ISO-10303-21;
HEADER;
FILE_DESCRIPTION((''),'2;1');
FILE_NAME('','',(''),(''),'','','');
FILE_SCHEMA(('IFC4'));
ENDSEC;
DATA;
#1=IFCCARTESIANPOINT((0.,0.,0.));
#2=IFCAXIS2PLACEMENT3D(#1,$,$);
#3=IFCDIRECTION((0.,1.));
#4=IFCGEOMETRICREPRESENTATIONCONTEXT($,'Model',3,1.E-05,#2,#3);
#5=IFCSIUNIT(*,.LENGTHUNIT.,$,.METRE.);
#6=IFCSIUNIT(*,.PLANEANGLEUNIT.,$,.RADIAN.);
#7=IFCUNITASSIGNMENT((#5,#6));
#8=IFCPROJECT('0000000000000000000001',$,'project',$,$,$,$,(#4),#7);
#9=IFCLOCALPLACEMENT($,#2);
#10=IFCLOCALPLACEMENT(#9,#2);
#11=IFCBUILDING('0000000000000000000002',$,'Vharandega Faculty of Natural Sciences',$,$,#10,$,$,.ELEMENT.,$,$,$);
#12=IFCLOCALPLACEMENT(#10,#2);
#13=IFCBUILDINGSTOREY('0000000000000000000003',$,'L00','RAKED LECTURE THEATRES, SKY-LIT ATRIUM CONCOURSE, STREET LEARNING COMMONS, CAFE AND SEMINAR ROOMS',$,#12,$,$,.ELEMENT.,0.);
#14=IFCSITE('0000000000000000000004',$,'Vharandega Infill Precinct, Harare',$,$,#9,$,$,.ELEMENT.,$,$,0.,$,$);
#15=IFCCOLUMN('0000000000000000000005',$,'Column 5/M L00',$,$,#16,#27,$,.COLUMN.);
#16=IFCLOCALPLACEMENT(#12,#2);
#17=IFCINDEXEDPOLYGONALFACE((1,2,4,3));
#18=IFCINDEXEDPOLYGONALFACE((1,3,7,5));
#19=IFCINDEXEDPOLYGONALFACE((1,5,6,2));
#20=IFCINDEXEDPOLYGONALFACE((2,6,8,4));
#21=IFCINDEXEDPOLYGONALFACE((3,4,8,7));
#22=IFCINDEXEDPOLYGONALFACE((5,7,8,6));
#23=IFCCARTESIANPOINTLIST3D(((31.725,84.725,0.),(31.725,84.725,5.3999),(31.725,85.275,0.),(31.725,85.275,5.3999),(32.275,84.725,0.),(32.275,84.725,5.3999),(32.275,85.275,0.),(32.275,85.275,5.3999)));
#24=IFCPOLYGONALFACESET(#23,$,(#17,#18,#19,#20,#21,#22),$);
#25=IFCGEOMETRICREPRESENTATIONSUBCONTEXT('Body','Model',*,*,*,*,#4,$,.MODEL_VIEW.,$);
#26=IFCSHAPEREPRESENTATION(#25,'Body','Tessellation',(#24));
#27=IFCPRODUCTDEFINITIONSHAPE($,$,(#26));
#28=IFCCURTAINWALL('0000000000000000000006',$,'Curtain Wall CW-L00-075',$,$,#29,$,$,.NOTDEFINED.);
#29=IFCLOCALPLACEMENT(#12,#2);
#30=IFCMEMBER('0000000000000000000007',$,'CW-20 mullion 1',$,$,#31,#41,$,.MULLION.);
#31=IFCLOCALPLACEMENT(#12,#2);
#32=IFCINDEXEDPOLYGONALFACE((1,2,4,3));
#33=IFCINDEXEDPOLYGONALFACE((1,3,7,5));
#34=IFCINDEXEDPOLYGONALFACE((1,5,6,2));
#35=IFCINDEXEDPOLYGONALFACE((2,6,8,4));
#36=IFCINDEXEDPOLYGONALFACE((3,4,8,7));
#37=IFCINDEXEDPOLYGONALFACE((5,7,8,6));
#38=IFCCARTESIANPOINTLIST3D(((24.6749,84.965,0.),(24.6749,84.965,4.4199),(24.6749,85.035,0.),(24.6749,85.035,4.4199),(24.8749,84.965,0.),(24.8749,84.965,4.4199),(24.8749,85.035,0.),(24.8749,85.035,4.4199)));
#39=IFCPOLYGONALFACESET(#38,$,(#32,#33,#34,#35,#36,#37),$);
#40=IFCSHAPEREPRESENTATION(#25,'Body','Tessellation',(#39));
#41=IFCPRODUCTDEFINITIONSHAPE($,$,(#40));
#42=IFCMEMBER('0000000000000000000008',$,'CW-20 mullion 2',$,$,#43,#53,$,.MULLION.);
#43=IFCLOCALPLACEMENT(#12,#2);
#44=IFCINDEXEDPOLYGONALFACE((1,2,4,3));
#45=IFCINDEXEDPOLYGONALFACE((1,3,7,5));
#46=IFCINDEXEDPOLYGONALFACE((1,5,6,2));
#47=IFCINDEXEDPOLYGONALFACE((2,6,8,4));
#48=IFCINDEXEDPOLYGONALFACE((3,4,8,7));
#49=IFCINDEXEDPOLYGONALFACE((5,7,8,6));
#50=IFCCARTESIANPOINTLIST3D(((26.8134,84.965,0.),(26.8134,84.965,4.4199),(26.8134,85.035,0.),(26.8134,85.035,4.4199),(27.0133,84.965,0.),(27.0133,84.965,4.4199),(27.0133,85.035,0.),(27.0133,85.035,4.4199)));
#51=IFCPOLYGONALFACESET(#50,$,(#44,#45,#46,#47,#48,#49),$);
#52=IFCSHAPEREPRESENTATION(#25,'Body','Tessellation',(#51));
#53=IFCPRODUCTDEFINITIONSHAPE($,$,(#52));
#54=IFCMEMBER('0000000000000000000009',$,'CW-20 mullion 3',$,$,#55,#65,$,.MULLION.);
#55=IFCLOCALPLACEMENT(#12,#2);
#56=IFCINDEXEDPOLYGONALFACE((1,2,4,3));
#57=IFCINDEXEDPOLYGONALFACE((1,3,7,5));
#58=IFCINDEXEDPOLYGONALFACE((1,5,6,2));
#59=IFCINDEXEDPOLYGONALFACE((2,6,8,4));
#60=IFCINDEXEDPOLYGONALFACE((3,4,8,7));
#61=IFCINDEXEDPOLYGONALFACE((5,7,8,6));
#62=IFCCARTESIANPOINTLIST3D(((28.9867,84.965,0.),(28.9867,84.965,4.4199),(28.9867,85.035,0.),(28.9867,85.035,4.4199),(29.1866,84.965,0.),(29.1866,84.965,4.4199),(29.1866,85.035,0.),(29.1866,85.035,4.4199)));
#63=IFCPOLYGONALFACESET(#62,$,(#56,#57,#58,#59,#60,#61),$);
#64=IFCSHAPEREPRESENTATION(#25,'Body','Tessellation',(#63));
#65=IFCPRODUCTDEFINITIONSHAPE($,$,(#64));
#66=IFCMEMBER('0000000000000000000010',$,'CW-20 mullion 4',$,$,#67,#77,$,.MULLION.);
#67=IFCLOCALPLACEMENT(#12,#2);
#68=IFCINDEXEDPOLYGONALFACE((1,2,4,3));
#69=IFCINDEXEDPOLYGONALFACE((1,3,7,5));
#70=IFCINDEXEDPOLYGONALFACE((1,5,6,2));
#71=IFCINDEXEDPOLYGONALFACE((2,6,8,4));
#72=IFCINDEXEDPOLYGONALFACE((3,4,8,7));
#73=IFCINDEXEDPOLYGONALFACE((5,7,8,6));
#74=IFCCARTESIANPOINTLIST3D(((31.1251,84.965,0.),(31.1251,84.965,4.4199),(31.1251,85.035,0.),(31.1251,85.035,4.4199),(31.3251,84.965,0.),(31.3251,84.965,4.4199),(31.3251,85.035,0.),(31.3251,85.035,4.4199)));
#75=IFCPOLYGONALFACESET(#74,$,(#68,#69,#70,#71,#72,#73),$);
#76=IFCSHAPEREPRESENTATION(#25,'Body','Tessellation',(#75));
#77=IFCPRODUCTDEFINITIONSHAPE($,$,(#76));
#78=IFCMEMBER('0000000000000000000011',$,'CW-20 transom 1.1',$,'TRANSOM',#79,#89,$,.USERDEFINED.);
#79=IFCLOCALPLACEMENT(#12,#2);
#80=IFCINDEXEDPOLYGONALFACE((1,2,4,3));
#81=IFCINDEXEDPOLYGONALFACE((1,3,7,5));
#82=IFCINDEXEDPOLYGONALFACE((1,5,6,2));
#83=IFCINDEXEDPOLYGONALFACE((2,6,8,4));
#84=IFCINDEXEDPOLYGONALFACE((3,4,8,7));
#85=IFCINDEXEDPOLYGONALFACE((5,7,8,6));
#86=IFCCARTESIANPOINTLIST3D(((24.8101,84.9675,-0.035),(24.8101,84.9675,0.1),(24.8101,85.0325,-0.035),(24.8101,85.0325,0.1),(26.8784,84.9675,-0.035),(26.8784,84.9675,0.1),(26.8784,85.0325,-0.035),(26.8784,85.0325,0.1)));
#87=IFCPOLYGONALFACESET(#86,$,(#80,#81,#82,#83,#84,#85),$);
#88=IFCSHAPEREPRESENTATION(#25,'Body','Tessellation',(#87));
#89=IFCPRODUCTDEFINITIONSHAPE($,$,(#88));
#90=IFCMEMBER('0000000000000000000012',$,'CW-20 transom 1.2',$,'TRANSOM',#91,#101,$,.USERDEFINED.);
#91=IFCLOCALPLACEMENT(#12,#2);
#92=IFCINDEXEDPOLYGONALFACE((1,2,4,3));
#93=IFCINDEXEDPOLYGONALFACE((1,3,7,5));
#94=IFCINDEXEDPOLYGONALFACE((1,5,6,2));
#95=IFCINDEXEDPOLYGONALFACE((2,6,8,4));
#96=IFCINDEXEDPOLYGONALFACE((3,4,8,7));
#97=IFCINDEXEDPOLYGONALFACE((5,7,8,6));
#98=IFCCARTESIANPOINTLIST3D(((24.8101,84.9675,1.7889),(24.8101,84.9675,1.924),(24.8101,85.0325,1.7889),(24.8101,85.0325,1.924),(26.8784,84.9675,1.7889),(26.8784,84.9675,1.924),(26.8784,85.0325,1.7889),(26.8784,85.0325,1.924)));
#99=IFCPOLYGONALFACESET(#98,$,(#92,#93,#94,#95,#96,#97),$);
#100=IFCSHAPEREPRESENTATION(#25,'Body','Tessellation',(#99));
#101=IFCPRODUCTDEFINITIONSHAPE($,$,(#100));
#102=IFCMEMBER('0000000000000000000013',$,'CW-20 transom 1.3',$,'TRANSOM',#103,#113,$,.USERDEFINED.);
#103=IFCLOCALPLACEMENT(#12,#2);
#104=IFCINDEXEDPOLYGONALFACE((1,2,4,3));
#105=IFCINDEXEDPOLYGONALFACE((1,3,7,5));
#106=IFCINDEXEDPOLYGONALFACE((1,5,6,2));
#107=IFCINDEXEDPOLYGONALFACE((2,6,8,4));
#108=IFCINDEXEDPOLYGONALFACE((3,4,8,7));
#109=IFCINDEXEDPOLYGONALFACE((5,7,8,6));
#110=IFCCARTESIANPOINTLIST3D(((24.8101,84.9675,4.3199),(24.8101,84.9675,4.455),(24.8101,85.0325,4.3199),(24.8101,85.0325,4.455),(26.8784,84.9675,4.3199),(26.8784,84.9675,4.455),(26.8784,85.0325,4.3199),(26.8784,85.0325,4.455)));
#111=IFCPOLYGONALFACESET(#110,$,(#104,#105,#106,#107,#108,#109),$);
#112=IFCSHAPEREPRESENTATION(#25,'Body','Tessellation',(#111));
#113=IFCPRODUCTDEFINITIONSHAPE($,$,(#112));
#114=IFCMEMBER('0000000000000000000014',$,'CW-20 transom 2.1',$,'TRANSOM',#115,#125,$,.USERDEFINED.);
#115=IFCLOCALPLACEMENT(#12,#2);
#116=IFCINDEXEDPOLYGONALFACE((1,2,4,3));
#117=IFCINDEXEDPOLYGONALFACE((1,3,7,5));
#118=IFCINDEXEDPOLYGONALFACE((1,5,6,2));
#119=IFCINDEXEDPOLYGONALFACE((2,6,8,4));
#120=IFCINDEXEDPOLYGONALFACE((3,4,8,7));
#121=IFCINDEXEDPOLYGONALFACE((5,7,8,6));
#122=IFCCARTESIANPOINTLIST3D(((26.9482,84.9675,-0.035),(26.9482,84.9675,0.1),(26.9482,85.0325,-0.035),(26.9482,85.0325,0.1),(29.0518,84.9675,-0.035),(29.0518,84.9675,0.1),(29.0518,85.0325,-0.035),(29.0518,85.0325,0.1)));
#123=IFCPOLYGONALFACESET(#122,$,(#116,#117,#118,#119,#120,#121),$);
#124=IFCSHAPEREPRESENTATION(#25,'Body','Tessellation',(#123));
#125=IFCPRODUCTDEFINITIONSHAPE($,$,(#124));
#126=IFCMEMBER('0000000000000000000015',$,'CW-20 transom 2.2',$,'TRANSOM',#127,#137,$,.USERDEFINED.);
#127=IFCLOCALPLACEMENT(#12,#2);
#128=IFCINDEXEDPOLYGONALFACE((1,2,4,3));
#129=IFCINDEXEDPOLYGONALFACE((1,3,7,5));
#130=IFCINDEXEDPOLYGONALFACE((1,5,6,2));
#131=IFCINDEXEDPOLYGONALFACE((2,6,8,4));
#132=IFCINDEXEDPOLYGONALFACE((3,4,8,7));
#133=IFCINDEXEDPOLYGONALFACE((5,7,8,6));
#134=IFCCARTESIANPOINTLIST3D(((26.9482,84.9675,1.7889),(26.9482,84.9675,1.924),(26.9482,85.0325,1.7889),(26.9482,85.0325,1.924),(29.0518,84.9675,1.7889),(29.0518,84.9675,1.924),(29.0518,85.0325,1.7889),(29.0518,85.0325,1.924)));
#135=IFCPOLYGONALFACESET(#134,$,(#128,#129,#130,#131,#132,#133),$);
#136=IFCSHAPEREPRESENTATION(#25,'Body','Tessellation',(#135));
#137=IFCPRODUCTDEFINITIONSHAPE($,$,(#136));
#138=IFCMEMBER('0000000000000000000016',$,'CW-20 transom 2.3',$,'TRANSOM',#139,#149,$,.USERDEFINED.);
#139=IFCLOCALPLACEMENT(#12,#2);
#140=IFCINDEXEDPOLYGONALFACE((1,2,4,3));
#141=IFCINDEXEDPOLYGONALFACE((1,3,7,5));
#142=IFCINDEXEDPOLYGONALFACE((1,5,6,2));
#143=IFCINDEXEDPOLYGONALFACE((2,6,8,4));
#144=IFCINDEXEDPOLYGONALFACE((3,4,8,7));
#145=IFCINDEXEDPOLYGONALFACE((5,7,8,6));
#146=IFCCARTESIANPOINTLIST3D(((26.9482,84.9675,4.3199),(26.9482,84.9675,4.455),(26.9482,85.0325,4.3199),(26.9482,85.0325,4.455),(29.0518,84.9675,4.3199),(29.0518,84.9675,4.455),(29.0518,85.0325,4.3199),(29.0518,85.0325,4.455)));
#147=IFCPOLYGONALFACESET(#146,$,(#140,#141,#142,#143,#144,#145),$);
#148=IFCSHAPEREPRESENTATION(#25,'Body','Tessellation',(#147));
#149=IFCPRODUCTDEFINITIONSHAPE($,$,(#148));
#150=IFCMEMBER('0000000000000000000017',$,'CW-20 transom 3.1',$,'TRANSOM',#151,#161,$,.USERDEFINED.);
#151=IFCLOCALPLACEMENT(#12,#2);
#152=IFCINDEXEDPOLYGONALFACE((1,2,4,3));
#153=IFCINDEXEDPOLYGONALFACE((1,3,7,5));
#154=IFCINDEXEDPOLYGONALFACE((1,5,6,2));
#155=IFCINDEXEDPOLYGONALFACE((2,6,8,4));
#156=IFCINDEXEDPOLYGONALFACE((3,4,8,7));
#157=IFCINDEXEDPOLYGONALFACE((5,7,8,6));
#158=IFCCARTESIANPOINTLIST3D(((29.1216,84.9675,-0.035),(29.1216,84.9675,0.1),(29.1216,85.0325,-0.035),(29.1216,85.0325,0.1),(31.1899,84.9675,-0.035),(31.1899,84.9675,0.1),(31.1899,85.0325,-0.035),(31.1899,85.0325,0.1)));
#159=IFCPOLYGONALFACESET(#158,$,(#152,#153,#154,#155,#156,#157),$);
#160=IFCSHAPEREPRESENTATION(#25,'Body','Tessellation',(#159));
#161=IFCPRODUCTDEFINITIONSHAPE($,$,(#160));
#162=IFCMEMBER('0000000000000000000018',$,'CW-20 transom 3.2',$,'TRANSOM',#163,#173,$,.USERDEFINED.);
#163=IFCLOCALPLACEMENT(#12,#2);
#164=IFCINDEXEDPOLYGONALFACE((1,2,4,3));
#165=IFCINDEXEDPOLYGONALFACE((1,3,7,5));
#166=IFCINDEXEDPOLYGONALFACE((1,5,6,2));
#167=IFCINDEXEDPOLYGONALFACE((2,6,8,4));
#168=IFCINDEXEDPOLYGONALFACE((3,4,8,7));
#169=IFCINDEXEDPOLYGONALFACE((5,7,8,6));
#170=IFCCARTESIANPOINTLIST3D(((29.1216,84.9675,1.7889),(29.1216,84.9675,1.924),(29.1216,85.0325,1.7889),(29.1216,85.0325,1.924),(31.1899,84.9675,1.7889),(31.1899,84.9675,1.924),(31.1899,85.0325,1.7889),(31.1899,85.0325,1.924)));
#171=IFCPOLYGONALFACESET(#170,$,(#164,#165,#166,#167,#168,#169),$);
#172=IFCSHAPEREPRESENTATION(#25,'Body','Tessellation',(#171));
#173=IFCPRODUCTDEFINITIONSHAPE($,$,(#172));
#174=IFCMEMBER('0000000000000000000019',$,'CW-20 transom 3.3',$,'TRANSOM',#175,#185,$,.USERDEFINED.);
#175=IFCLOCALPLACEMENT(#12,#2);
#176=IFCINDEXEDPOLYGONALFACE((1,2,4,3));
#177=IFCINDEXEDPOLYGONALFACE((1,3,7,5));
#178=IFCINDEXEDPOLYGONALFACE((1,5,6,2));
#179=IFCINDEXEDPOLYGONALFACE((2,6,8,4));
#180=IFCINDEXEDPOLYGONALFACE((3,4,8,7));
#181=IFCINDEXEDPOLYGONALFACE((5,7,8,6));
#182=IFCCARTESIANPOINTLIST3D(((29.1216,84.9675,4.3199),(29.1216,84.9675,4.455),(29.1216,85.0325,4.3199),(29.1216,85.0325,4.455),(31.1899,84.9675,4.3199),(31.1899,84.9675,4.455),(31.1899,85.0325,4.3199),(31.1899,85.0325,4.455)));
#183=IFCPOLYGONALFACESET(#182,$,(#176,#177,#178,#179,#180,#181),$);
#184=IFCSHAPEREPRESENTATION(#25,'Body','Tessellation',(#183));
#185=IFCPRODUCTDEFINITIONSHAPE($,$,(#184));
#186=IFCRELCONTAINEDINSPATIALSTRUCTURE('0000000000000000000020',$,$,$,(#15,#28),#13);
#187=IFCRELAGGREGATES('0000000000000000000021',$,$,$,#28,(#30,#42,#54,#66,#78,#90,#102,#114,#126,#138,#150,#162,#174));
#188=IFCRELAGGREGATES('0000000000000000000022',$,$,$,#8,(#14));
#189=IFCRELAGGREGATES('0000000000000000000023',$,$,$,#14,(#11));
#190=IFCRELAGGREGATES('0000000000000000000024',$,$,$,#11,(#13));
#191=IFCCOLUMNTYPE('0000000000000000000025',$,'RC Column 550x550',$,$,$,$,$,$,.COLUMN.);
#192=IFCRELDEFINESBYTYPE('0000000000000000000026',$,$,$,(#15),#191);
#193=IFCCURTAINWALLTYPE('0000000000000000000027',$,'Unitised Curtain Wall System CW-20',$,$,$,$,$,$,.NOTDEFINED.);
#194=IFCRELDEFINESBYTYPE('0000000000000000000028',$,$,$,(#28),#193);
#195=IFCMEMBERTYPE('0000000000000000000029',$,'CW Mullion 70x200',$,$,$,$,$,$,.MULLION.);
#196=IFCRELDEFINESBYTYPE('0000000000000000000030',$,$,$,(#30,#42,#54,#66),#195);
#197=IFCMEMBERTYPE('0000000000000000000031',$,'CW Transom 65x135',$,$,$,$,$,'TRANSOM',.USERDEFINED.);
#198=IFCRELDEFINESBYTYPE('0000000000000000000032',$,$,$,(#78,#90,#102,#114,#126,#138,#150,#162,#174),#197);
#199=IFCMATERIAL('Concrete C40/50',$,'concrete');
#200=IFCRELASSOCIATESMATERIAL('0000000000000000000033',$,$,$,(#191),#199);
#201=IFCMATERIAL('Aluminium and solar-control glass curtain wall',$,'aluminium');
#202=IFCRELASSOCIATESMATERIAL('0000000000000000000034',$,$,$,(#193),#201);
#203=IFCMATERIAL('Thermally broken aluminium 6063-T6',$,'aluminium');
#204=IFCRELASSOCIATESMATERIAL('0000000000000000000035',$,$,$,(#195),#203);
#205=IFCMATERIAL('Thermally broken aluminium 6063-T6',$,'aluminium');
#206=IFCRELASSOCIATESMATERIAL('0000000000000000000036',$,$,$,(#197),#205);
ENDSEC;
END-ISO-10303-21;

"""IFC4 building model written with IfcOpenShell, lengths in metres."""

from ifc_helpers import new_model, si_unit, direction, frame, origin, origin_2d, place, context, subcontext, project, spatial, rectangle, extrude, material, material_profile, profile_set, type_object, element, aggregate, save


model = new_model("IFC4")

# Units and contexts
model_context = context("Model", 3, precision=1e-05, world=origin(), true_north=direction((0.0, 1.0)))
body_context = subcontext(model_context, "Body", "Model", "MODEL_VIEW")
ifc_project = project(units=[si_unit("LENGTHUNIT", "METRE"), si_unit("PLANEANGLEUNIT", "RADIAN")], contexts=[model_context])

# Site, building, storey
site_placement = place(None, origin())
site = spatial("IfcSite", under=ifc_project, at=site_placement, Name="Vharandega Infill Precinct, Harare", CompositionType="ELEMENT", RefElevation=0.0)
building_placement = place(site_placement, origin())
building = spatial("IfcBuilding", under=site, at=building_placement, Name="Vharandega Faculty of Natural Sciences", CompositionType="ELEMENT")
storey_placement = place(building_placement, origin())
storey = spatial("IfcBuildingStorey", under=building, at=storey_placement, Name="L00", Description="RAKED LECTURE THEATRES, SKY-LIT ATRIUM CONCOURSE, STREET LEARNING COMMONS, CAFE AND SEMINAR ROOMS", CompositionType="ELEMENT", Elevation=0.0)

# Column
ifc_material_1 = material(Name="Concrete C40/50", Category="concrete")
ifc_material_profile_1 = material_profile(ifc_material_1, rectangle(XDim=0.55, YDim=0.55, at=origin_2d()), Name="RC 550x550")
ifc_profile_set_1 = profile_set([ifc_material_profile_1], Name="Concrete C40/50")
column_type = type_object("IfcColumnType", Name="RC Column 550x550", PredefinedType="COLUMN", material=ifc_profile_set_1)
column_placement = place(storey_placement, frame((32.0, 85.0, 0.0), z_axis=(0.0, 0.0, 1.0), x_axis=(1.0, 0.0, 0.0)))
element("IfcColumn", 1, at=column_placement, inside=storey, type_object=column_type, Name="Column 5/M L00", PredefinedType="COLUMN", context=body_context, shape_type="SweptSolid", body=[
    extrude(rectangle(XDim=0.55, YDim=0.55, at=origin_2d()), origin(), (0.0, 0.0, 1.0), 5.3999),
])

# Curtain wall, members
ifc_material_2 = material(Name="Aluminium and solar-control glass curtain wall", Category="aluminium")
curtain_wall_type = type_object("IfcCurtainWallType", Name="Unitised Curtain Wall System CW-20", PredefinedType="NOTDEFINED", material=ifc_material_2)
curtain_wall_placement = place(storey_placement, origin())
curtain_wall = element("IfcCurtainWall", 2, at=curtain_wall_placement, inside=storey, type_object=curtain_wall_type, Name="Curtain Wall CW-L00-075", PredefinedType="NOTDEFINED")
ifc_material_3 = material(Name="Thermally broken aluminium 6063-T6", Category="aluminium")
ifc_material_profile_2 = material_profile(ifc_material_3, rectangle(XDim=0.0701, YDim=0.2, at=origin_2d()), Name="ALU 70x200")
ifc_profile_set_2 = profile_set([ifc_material_profile_2], Name="Thermally broken aluminium 6063-T6")
member_type_1 = type_object("IfcMemberType", Name="CW Mullion 70x200", PredefinedType="MULLION", material=ifc_profile_set_2)
member_1_placement = place(storey_placement, frame((24.7749, 85.0, 0.0), z_axis=(0.0, 0.0, 1.0), x_axis=(0.0, 1.0, 0.0)))
member_1 = element("IfcMember", 3, at=member_1_placement, type_object=member_type_1, Name="CW-20 mullion 1", PredefinedType="MULLION", context=body_context, shape_type="SweptSolid", body=[
    extrude(rectangle(XDim=0.0701, YDim=0.2, at=origin_2d()), origin(), (0.0, 0.0, 1.0), 4.4199),
])
member_2_placement = place(storey_placement, frame((26.9133, 85.0, 0.0), z_axis=(0.0, 0.0, 1.0), x_axis=(0.0, 1.0, 0.0)))
member_2 = element("IfcMember", 4, at=member_2_placement, type_object=member_type_1, Name="CW-20 mullion 2", PredefinedType="MULLION", context=body_context, shape_type="SweptSolid", body=[
    extrude(rectangle(XDim=0.0701, YDim=0.2, at=origin_2d()), origin(), (0.0, 0.0, 1.0), 4.4199),
])
member_3_placement = place(storey_placement, frame((29.0867, 85.0, 0.0), z_axis=(0.0, 0.0, 1.0), x_axis=(0.0, 1.0, 0.0)))
member_3 = element("IfcMember", 5, at=member_3_placement, type_object=member_type_1, Name="CW-20 mullion 3", PredefinedType="MULLION", context=body_context, shape_type="SweptSolid", body=[
    extrude(rectangle(XDim=0.0701, YDim=0.2, at=origin_2d()), origin(), (0.0, 0.0, 1.0), 4.4199),
])
member_4_placement = place(storey_placement, frame((31.2251, 85.0, 0.0), z_axis=(0.0, 0.0, 1.0), x_axis=(0.0, 1.0, 0.0)))
member_4 = element("IfcMember", 6, at=member_4_placement, type_object=member_type_1, Name="CW-20 mullion 4", PredefinedType="MULLION", context=body_context, shape_type="SweptSolid", body=[
    extrude(rectangle(XDim=0.0701, YDim=0.2, at=origin_2d()), origin(), (0.0, 0.0, 1.0), 4.4199),
])
ifc_material_4 = material(Name="Thermally broken aluminium 6063-T6", Category="aluminium")
ifc_material_profile_3 = material_profile(ifc_material_4, rectangle(XDim=0.0649, YDim=0.135, at=origin_2d()), Name="ALU 65x135")
ifc_profile_set_3 = profile_set([ifc_material_profile_3], Name="Thermally broken aluminium 6063-T6")
member_type_2 = type_object("IfcMemberType", Name="CW Transom 65x135", ElementType="TRANSOM", PredefinedType="USERDEFINED", material=ifc_profile_set_3)
member_5_placement = place(storey_placement, frame((24.8101, 85.0, 0.0325), z_axis=(1.0, 0.0, 0.0), x_axis=(0.0, 1.0, 0.0)))
member_5 = element("IfcMember", 7, at=member_5_placement, type_object=member_type_2, Name="CW-20 transom 1.1", ObjectType="TRANSOM", PredefinedType="USERDEFINED", context=body_context, shape_type="SweptSolid", body=[
    extrude(rectangle(XDim=0.0649, YDim=0.135, at=origin_2d()), origin(), (0.0, 0.0, 1.0), 2.0684),
])
member_6_placement = place(storey_placement, frame((24.8101, 85.0, 1.8564), z_axis=(1.0, 0.0, 0.0), x_axis=(0.0, 1.0, 0.0)))
member_6 = element("IfcMember", 8, at=member_6_placement, type_object=member_type_2, Name="CW-20 transom 1.2", ObjectType="TRANSOM", PredefinedType="USERDEFINED", context=body_context, shape_type="SweptSolid", body=[
    extrude(rectangle(XDim=0.0649, YDim=0.135, at=origin_2d()), origin(), (0.0, 0.0, 1.0), 2.0684),
])
member_7_placement = place(storey_placement, frame((24.8101, 85.0, 4.3875), z_axis=(1.0, 0.0, 0.0), x_axis=(0.0, 1.0, 0.0)))
member_7 = element("IfcMember", 9, at=member_7_placement, type_object=member_type_2, Name="CW-20 transom 1.3", ObjectType="TRANSOM", PredefinedType="USERDEFINED", context=body_context, shape_type="SweptSolid", body=[
    extrude(rectangle(XDim=0.0649, YDim=0.135, at=origin_2d()), origin(), (0.0, 0.0, 1.0), 2.0684),
])
member_8_placement = place(storey_placement, frame((26.9482, 85.0, 0.0325), z_axis=(1.0, 0.0, 0.0), x_axis=(0.0, 1.0, 0.0)))
member_8 = element("IfcMember", 10, at=member_8_placement, type_object=member_type_2, Name="CW-20 transom 2.1", ObjectType="TRANSOM", PredefinedType="USERDEFINED", context=body_context, shape_type="SweptSolid", body=[
    extrude(rectangle(XDim=0.0649, YDim=0.135, at=origin_2d()), origin(), (0.0, 0.0, 1.0), 2.1035),
])
member_9_placement = place(storey_placement, frame((26.9482, 85.0, 1.8564), z_axis=(1.0, 0.0, 0.0), x_axis=(0.0, 1.0, 0.0)))
member_9 = element("IfcMember", 11, at=member_9_placement, type_object=member_type_2, Name="CW-20 transom 2.2", ObjectType="TRANSOM", PredefinedType="USERDEFINED", context=body_context, shape_type="SweptSolid", body=[
    extrude(rectangle(XDim=0.0649, YDim=0.135, at=origin_2d()), origin(), (0.0, 0.0, 1.0), 2.1035),
])
member_10_placement = place(storey_placement, frame((26.9482, 85.0, 4.3875), z_axis=(1.0, 0.0, 0.0), x_axis=(0.0, 1.0, 0.0)))
member_10 = element("IfcMember", 12, at=member_10_placement, type_object=member_type_2, Name="CW-20 transom 2.3", ObjectType="TRANSOM", PredefinedType="USERDEFINED", context=body_context, shape_type="SweptSolid", body=[
    extrude(rectangle(XDim=0.0649, YDim=0.135, at=origin_2d()), origin(), (0.0, 0.0, 1.0), 2.1035),
])
member_11_placement = place(storey_placement, frame((29.1216, 85.0, 0.0325), z_axis=(1.0, 0.0, 0.0), x_axis=(0.0, 1.0, 0.0)))
member_11 = element("IfcMember", 13, at=member_11_placement, type_object=member_type_2, Name="CW-20 transom 3.1", ObjectType="TRANSOM", PredefinedType="USERDEFINED", context=body_context, shape_type="SweptSolid", body=[
    extrude(rectangle(XDim=0.0649, YDim=0.135, at=origin_2d()), origin(), (0.0, 0.0, 1.0), 2.0684),
])
member_12_placement = place(storey_placement, frame((29.1216, 85.0, 1.8564), z_axis=(1.0, 0.0, 0.0), x_axis=(0.0, 1.0, 0.0)))
member_12 = element("IfcMember", 14, at=member_12_placement, type_object=member_type_2, Name="CW-20 transom 3.2", ObjectType="TRANSOM", PredefinedType="USERDEFINED", context=body_context, shape_type="SweptSolid", body=[
    extrude(rectangle(XDim=0.0649, YDim=0.135, at=origin_2d()), origin(), (0.0, 0.0, 1.0), 2.0684),
])
member_13_placement = place(storey_placement, frame((29.1216, 85.0, 4.3875), z_axis=(1.0, 0.0, 0.0), x_axis=(0.0, 1.0, 0.0)))
member_13 = element("IfcMember", 15, at=member_13_placement, type_object=member_type_2, Name="CW-20 transom 3.3", ObjectType="TRANSOM", PredefinedType="USERDEFINED", context=body_context, shape_type="SweptSolid", body=[
    extrude(rectangle(XDim=0.0649, YDim=0.135, at=origin_2d()), origin(), (0.0, 0.0, 1.0), 2.0684),
])

aggregate(curtain_wall, [member_1, member_2, member_3, member_4, member_5, member_6, member_7, member_8, member_9, member_10, member_11, member_12, member_13])

save(model, "model.ifc")
